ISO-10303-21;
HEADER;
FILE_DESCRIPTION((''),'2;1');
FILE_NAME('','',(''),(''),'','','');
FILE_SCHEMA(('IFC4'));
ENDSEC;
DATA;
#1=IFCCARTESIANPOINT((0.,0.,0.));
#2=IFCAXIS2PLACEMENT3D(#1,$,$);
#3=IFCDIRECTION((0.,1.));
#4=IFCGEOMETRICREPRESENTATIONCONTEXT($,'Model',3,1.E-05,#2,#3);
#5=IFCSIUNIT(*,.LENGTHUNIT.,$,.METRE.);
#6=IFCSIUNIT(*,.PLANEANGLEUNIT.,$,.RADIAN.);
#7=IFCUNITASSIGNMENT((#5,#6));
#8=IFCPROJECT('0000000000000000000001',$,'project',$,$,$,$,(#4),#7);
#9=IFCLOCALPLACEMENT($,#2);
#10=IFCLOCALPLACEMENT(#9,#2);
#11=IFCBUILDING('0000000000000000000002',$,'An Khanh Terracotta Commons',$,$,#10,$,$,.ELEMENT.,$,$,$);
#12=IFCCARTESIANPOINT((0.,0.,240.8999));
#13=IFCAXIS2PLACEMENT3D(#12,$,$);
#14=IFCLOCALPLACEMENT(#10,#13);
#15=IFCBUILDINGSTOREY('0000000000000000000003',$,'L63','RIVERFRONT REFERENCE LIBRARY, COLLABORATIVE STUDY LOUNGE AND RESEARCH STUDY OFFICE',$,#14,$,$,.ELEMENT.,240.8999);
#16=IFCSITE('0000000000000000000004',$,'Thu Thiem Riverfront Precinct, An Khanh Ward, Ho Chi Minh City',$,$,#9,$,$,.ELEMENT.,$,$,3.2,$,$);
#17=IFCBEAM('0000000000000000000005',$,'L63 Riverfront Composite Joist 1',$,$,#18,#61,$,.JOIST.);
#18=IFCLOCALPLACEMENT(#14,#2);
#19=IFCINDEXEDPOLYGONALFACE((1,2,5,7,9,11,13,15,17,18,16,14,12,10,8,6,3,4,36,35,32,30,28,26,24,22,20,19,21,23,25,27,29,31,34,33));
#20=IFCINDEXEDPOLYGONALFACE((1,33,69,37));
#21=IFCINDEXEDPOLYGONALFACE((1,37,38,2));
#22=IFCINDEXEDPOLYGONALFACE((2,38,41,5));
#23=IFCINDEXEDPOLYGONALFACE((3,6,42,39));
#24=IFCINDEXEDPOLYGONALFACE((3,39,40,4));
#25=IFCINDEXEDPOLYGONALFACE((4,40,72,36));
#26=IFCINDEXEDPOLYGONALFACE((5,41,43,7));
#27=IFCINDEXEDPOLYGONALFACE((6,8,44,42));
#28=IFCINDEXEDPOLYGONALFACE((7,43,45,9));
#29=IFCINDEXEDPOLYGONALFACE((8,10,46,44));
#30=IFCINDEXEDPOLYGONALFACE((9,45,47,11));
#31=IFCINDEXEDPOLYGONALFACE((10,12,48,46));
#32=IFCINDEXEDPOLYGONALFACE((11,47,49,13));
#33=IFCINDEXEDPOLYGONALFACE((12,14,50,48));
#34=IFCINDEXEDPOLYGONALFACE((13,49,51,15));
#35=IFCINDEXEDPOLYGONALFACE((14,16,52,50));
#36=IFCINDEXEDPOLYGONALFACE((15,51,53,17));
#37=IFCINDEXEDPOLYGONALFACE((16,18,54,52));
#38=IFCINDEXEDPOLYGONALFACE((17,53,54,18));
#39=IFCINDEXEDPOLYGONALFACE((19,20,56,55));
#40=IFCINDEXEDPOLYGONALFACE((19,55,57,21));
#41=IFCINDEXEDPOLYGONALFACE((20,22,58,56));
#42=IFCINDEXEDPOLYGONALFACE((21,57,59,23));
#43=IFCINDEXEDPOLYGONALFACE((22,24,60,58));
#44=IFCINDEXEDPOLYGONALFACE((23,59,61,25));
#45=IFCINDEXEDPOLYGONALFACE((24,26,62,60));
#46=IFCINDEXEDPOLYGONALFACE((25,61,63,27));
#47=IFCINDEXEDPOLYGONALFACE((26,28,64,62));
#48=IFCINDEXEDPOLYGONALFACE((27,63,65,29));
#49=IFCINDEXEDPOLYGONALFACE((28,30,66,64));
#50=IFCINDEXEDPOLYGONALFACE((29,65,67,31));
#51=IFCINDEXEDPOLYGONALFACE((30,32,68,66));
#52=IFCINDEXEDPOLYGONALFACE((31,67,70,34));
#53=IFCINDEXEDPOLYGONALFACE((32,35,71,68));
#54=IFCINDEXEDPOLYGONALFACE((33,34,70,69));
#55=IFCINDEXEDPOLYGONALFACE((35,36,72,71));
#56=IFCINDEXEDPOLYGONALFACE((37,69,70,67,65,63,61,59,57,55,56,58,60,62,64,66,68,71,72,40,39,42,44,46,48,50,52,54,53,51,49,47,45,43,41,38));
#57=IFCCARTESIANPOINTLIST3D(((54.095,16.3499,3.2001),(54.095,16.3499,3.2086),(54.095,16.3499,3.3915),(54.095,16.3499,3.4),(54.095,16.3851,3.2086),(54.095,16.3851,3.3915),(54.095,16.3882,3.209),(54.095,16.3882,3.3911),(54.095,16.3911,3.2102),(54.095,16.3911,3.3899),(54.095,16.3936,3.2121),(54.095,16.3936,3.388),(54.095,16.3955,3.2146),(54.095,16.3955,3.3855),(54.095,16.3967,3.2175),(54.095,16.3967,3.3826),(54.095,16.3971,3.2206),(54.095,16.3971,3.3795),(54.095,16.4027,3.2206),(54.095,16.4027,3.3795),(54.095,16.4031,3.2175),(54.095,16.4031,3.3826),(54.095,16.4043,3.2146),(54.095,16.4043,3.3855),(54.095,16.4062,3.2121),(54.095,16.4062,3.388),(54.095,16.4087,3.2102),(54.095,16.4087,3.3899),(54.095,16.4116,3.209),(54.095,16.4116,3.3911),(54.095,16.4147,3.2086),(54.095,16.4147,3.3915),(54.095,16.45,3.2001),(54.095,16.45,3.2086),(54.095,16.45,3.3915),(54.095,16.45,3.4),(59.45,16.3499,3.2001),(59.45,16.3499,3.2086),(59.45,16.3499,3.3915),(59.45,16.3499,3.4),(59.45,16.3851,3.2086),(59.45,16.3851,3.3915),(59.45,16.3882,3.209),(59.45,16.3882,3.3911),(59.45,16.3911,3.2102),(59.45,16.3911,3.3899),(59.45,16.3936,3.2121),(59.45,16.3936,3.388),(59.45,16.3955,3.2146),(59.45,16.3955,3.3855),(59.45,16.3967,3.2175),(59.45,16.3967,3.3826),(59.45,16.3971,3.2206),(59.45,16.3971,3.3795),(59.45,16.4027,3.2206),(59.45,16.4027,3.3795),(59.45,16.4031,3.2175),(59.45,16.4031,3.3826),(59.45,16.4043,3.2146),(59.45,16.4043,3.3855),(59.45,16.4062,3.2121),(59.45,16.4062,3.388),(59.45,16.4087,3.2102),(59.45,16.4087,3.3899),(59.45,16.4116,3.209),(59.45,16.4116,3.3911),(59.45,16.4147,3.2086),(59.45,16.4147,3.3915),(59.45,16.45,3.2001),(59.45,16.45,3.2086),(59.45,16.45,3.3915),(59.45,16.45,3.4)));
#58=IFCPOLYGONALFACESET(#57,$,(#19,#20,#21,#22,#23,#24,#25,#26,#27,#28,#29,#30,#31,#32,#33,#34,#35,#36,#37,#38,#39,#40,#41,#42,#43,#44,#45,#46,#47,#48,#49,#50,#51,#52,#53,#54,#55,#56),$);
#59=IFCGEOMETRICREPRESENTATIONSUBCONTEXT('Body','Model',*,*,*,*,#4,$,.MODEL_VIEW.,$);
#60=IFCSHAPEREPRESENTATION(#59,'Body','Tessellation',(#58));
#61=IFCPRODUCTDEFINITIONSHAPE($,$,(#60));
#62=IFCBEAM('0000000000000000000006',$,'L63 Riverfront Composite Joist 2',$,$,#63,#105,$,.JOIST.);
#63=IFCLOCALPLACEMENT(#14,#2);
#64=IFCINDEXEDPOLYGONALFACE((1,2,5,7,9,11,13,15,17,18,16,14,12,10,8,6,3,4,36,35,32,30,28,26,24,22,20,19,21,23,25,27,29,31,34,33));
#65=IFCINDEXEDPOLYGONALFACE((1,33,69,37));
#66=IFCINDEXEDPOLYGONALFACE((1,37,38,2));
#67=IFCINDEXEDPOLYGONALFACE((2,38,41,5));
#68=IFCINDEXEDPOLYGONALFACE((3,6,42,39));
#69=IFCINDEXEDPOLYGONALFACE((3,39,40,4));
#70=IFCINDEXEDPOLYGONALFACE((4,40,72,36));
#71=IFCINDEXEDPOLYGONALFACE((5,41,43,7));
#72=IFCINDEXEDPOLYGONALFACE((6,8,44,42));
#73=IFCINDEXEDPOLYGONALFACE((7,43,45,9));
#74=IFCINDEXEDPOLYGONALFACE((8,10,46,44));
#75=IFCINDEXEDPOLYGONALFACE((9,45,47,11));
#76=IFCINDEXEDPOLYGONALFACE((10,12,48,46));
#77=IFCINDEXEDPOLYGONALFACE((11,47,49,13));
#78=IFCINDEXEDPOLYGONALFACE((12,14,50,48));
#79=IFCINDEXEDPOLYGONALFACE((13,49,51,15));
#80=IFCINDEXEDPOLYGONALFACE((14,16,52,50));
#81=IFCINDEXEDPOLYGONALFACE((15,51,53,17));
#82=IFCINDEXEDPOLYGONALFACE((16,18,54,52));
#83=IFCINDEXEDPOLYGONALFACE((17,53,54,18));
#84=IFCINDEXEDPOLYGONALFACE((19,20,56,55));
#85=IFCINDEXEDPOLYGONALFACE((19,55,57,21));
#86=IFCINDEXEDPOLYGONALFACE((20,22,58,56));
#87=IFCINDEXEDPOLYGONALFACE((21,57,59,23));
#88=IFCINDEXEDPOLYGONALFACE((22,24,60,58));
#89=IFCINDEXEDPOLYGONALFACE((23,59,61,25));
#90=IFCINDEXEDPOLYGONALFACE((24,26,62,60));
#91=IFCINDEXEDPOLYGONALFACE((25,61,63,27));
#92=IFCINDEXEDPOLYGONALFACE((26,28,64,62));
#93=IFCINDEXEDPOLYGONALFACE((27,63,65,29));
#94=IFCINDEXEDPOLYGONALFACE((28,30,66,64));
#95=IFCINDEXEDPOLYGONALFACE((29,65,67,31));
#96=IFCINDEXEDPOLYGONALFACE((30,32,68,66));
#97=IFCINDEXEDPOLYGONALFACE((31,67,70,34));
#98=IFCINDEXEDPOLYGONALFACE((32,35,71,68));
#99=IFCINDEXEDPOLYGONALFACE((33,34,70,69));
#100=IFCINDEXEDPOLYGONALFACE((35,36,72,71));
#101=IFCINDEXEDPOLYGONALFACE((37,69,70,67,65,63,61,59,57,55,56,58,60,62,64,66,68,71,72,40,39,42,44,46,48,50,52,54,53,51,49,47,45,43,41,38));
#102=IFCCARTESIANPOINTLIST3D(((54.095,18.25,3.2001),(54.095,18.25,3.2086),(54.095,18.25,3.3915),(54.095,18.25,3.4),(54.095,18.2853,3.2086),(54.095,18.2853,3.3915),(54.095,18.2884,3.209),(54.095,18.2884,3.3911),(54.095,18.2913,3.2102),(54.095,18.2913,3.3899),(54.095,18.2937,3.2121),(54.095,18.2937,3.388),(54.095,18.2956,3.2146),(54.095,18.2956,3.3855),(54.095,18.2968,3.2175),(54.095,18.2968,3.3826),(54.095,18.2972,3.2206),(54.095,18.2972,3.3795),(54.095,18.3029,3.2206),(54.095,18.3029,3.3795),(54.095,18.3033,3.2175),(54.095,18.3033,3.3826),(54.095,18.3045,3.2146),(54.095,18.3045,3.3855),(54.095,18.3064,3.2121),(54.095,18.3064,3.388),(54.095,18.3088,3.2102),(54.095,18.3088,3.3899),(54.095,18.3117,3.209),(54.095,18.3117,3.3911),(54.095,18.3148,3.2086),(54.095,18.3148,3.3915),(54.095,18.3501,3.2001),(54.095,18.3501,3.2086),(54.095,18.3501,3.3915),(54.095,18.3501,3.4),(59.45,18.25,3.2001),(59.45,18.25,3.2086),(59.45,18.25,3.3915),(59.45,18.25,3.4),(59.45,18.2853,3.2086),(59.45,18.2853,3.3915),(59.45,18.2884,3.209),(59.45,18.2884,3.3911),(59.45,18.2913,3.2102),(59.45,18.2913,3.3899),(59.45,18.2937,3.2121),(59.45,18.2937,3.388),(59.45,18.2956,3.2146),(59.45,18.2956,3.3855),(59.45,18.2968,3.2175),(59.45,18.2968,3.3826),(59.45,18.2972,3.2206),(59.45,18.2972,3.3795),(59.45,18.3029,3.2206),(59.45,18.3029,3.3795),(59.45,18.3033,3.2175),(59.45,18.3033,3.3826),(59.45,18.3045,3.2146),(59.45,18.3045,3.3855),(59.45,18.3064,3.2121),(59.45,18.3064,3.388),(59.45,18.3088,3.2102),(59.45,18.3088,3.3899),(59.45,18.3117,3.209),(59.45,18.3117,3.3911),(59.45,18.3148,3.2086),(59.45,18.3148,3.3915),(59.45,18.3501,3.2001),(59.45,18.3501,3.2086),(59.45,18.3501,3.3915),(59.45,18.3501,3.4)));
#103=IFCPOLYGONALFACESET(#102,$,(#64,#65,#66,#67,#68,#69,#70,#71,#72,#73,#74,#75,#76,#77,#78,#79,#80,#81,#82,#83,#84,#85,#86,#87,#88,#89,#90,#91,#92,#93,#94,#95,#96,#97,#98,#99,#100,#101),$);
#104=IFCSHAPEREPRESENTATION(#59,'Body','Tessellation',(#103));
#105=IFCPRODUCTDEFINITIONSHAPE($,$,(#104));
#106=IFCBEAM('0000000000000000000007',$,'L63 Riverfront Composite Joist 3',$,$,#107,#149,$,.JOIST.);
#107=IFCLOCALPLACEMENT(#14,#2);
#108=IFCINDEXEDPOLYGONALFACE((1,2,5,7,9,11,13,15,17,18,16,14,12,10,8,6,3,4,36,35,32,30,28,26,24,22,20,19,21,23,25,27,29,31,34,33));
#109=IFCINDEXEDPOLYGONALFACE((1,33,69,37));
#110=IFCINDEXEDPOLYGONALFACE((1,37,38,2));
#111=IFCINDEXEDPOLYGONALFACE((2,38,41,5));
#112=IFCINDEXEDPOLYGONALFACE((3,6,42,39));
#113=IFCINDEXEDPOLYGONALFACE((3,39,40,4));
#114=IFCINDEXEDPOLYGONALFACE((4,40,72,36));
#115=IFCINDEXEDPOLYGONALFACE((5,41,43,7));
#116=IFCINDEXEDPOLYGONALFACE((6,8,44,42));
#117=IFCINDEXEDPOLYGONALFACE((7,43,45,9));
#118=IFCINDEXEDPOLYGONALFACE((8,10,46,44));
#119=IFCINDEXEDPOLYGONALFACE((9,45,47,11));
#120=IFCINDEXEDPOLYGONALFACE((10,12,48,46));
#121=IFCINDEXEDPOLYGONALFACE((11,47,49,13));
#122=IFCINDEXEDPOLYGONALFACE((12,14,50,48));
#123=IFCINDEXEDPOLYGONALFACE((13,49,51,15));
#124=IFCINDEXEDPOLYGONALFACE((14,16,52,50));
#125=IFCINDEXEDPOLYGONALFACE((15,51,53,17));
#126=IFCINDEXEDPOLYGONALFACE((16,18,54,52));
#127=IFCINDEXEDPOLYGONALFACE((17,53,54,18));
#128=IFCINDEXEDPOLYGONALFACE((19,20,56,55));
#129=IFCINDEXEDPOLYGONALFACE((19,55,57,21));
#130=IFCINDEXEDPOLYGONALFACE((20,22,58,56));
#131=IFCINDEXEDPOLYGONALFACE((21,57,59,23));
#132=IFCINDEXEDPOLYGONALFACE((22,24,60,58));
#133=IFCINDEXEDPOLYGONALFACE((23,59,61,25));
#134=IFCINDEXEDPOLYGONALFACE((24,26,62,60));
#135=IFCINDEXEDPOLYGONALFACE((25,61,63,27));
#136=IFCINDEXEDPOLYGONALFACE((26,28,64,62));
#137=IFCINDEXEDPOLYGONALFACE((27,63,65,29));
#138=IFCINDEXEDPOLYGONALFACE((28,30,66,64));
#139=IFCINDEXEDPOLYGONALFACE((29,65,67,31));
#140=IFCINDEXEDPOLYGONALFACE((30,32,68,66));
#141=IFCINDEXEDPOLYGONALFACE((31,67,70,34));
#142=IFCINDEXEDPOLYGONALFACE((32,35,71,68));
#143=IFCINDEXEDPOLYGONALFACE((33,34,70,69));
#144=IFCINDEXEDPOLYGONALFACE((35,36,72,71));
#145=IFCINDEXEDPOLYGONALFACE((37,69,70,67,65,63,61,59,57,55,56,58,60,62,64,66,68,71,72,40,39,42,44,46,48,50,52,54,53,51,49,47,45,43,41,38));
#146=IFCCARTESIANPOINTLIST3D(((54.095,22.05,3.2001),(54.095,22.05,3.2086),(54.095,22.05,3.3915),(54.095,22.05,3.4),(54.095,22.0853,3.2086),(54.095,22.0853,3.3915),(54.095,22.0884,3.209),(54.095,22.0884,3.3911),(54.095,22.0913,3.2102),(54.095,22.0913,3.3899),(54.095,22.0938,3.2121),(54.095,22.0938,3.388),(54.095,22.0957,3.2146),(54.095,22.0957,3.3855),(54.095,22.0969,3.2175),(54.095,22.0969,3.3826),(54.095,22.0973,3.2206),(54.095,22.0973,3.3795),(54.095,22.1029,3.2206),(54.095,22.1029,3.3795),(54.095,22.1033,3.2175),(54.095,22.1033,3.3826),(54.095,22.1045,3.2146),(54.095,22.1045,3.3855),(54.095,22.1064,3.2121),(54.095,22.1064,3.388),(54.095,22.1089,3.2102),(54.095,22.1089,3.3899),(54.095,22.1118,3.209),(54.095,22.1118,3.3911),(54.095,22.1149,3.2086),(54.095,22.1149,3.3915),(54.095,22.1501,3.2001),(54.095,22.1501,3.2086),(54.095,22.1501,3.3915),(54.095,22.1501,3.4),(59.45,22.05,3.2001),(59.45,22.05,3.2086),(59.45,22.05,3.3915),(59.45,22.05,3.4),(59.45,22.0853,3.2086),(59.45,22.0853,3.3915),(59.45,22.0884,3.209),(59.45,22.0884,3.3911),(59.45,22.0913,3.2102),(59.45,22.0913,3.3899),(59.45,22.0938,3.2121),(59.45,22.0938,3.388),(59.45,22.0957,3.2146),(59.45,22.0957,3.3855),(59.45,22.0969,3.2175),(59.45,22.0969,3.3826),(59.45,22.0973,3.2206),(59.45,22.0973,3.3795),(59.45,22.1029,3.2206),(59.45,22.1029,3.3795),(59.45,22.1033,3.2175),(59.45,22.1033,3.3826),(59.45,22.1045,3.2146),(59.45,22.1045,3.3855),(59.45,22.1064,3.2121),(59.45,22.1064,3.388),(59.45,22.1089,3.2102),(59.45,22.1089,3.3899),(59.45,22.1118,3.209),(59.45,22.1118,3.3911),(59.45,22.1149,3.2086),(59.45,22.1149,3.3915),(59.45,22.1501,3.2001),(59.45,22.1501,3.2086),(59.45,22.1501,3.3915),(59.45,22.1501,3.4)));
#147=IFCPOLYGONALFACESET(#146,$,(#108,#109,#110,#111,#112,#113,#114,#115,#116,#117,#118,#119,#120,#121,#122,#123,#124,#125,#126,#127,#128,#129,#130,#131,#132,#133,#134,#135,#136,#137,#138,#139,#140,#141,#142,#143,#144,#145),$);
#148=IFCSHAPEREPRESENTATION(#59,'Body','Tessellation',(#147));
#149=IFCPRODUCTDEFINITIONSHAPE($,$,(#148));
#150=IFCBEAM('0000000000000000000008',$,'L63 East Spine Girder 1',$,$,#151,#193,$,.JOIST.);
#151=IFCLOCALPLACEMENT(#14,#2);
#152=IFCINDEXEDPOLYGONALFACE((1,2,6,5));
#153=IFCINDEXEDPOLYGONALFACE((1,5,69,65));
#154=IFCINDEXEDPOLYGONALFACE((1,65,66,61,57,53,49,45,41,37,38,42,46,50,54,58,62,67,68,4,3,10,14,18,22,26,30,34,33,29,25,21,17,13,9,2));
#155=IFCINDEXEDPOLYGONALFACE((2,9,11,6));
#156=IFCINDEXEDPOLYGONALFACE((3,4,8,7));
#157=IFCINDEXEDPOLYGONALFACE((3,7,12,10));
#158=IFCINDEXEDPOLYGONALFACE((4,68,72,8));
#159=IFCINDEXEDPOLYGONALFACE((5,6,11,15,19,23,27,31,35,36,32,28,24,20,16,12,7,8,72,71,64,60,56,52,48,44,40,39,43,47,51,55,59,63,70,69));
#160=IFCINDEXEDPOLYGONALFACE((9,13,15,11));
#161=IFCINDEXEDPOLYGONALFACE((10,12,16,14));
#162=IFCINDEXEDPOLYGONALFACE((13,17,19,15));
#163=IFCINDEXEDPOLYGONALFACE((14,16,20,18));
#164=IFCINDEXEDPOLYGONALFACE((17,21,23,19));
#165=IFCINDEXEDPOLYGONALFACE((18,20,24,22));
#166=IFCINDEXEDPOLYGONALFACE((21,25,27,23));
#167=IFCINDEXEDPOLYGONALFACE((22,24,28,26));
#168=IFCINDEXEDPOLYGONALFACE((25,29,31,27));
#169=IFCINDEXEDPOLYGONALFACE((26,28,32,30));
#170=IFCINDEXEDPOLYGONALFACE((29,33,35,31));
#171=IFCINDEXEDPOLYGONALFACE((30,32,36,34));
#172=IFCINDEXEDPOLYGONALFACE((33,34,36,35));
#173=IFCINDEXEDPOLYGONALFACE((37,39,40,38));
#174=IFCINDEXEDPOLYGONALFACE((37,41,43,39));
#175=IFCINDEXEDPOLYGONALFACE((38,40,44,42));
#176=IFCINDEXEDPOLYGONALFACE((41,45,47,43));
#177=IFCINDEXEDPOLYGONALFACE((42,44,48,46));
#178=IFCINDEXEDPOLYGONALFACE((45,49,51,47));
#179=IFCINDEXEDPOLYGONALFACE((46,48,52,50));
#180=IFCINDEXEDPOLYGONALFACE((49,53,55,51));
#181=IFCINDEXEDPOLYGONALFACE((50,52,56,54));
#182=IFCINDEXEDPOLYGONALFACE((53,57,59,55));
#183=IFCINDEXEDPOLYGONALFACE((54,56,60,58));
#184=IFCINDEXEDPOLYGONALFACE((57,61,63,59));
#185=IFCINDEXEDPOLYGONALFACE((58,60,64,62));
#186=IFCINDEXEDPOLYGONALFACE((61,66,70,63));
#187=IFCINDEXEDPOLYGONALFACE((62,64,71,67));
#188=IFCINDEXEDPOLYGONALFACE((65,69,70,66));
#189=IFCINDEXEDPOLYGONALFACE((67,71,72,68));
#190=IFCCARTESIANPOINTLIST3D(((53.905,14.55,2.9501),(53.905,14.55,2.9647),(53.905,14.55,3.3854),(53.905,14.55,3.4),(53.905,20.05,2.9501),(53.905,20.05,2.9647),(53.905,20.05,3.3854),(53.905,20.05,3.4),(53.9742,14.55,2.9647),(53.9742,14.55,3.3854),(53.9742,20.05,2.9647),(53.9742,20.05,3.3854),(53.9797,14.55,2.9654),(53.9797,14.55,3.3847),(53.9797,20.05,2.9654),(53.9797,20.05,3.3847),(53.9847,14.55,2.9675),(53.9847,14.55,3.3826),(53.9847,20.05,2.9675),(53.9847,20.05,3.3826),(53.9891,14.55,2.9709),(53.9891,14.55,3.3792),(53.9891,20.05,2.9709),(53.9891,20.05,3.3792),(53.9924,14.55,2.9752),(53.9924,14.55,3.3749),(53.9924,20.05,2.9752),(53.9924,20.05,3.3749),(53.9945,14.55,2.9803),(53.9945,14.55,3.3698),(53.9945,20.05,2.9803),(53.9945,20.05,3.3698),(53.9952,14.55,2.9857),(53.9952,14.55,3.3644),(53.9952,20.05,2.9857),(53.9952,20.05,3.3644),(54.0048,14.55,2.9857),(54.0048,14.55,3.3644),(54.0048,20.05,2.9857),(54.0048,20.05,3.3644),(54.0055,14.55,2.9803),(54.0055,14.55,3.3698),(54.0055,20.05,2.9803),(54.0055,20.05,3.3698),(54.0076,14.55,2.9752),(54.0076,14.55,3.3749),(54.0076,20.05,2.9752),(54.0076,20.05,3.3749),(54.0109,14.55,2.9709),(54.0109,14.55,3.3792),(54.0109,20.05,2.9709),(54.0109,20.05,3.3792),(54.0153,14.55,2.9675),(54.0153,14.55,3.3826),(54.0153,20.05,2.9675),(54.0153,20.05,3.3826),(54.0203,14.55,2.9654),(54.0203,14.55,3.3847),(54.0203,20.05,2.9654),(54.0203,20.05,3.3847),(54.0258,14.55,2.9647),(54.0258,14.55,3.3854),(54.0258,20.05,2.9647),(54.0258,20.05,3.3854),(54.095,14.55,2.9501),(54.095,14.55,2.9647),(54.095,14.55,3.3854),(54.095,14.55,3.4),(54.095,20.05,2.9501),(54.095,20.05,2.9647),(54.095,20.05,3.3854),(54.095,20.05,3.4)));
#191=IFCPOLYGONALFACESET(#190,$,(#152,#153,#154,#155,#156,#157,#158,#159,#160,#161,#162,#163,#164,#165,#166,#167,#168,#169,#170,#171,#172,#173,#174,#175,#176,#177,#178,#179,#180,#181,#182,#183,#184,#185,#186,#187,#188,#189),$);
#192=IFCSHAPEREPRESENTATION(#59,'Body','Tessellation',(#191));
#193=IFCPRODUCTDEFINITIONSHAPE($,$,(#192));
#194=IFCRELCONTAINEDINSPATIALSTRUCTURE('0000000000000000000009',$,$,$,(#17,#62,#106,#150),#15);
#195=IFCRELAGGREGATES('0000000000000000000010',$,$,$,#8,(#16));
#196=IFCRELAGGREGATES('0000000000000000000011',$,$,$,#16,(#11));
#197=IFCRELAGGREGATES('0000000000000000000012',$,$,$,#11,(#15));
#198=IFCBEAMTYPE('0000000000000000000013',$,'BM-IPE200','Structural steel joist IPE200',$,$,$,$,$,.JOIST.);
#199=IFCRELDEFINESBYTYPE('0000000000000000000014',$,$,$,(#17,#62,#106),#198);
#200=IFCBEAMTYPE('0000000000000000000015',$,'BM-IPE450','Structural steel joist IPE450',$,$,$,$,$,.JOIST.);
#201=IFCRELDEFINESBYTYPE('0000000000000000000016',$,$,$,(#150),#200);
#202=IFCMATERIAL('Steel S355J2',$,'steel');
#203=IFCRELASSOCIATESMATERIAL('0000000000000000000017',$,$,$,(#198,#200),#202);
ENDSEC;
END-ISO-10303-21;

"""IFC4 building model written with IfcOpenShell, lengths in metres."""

from ifc_helpers import new_model, si_unit, direction, frame, origin, origin_2d, place, context, subcontext, project, spatial, i_section, extrude, material, material_profile, profile_set, type_object, element, save


model = new_model("IFC4")

# Units and contexts
model_context = context("Model", 3, precision=1e-05, world=origin(), true_north=direction((0.0, 1.0)))
body_context = subcontext(model_context, "Body", "Model", "MODEL_VIEW")
ifc_project = project(units=[si_unit("LENGTHUNIT", "METRE"), si_unit("PLANEANGLEUNIT", "RADIAN")], contexts=[model_context])

# Site, building, storey
site_placement = place(None, origin())
site = spatial("IfcSite", under=ifc_project, at=site_placement, Name="Thu Thiem Riverfront Precinct, An Khanh Ward, Ho Chi Minh City", CompositionType="ELEMENT", RefElevation=3.2)
building_placement = place(site_placement, origin())
building = spatial("IfcBuilding", under=site, at=building_placement, Name="An Khanh Terracotta Commons", CompositionType="ELEMENT")
storey_placement = place(building_placement, frame((0.0, 0.0, 240.8999)))
storey = spatial("IfcBuildingStorey", under=building, at=storey_placement, Name="L63", Description="RIVERFRONT REFERENCE LIBRARY, COLLABORATIVE STUDY LOUNGE AND RESEARCH STUDY OFFICE", CompositionType="ELEMENT", Elevation=240.8999)

# Beams
ifc_material_1 = material(Name="Steel S355J2", Category="steel")
ifc_material_profile_1 = material_profile(ifc_material_1, i_section(OverallWidth=0.1001, OverallDepth=0.2, WebThickness=0.0056, FlangeThickness=0.0085, FilletRadius=0.012, at=origin_2d()), Name="IPE200")
ifc_profile_set_1 = profile_set([ifc_material_profile_1], Name="Steel S355J2")
beam_type_1 = type_object("IfcBeamType", Name="BM-IPE200", Description="Structural steel joist IPE200", PredefinedType="JOIST", material=ifc_profile_set_1)
for number, where, z_axis, x_axis, name in (
    (1, (54.095, 16.3999, 3.3), (1.0, 0.0, 0.0), (0.0, 1.0, 0.0), "L63 Riverfront Composite Joist 1"),
    (2, (54.095, 18.3, 3.3), (1.0, 0.0, 0.0), (0.0, 1.0, 0.0), "L63 Riverfront Composite Joist 2"),
    (3, (54.095, 22.1001, 3.3), (1.0, 0.0, 0.0), (0.0, 1.0, 0.0), "L63 Riverfront Composite Joist 3"),
):
    element("IfcBeam", number, at=place(storey_placement, frame(where, z_axis=z_axis, x_axis=x_axis)), inside=storey, type_object=beam_type_1, Name=name, PredefinedType="JOIST", context=body_context, shape_type="SweptSolid", body=[
        extrude(i_section(OverallWidth=0.1001, OverallDepth=0.2, WebThickness=0.0056, FlangeThickness=0.0085, FilletRadius=0.012, at=origin_2d()), origin(), (0.0, 0.0, 1.0), 5.355),
    ])
ifc_material_profile_2 = material_profile(ifc_material_1, i_section(OverallWidth=0.1899, OverallDepth=0.45, WebThickness=0.0095, FlangeThickness=0.0146, FilletRadius=0.021, at=origin_2d()), Name="IPE450")
ifc_profile_set_2 = profile_set([ifc_material_profile_2], Name="Steel S355J2")
beam_type_2 = type_object("IfcBeamType", Name="BM-IPE450", Description="Structural steel joist IPE450", PredefinedType="JOIST", material=ifc_profile_set_2)
beam_1_placement = place(storey_placement, frame((54.0, 14.55, 3.175), z_axis=(0.0, 1.0, 0.0), x_axis=(-1.0, 0.0, 0.0)))
element("IfcBeam", 4, at=beam_1_placement, inside=storey, type_object=beam_type_2, Name="L63 East Spine Girder 1", PredefinedType="JOIST", context=body_context, shape_type="SweptSolid", body=[
    extrude(i_section(OverallWidth=0.1899, OverallDepth=0.45, WebThickness=0.0095, FlangeThickness=0.0146, FilletRadius=0.021, at=origin_2d()), origin(), (0.0, 0.0, 1.0), 5.5),
])

save(model, "model.ifc")
